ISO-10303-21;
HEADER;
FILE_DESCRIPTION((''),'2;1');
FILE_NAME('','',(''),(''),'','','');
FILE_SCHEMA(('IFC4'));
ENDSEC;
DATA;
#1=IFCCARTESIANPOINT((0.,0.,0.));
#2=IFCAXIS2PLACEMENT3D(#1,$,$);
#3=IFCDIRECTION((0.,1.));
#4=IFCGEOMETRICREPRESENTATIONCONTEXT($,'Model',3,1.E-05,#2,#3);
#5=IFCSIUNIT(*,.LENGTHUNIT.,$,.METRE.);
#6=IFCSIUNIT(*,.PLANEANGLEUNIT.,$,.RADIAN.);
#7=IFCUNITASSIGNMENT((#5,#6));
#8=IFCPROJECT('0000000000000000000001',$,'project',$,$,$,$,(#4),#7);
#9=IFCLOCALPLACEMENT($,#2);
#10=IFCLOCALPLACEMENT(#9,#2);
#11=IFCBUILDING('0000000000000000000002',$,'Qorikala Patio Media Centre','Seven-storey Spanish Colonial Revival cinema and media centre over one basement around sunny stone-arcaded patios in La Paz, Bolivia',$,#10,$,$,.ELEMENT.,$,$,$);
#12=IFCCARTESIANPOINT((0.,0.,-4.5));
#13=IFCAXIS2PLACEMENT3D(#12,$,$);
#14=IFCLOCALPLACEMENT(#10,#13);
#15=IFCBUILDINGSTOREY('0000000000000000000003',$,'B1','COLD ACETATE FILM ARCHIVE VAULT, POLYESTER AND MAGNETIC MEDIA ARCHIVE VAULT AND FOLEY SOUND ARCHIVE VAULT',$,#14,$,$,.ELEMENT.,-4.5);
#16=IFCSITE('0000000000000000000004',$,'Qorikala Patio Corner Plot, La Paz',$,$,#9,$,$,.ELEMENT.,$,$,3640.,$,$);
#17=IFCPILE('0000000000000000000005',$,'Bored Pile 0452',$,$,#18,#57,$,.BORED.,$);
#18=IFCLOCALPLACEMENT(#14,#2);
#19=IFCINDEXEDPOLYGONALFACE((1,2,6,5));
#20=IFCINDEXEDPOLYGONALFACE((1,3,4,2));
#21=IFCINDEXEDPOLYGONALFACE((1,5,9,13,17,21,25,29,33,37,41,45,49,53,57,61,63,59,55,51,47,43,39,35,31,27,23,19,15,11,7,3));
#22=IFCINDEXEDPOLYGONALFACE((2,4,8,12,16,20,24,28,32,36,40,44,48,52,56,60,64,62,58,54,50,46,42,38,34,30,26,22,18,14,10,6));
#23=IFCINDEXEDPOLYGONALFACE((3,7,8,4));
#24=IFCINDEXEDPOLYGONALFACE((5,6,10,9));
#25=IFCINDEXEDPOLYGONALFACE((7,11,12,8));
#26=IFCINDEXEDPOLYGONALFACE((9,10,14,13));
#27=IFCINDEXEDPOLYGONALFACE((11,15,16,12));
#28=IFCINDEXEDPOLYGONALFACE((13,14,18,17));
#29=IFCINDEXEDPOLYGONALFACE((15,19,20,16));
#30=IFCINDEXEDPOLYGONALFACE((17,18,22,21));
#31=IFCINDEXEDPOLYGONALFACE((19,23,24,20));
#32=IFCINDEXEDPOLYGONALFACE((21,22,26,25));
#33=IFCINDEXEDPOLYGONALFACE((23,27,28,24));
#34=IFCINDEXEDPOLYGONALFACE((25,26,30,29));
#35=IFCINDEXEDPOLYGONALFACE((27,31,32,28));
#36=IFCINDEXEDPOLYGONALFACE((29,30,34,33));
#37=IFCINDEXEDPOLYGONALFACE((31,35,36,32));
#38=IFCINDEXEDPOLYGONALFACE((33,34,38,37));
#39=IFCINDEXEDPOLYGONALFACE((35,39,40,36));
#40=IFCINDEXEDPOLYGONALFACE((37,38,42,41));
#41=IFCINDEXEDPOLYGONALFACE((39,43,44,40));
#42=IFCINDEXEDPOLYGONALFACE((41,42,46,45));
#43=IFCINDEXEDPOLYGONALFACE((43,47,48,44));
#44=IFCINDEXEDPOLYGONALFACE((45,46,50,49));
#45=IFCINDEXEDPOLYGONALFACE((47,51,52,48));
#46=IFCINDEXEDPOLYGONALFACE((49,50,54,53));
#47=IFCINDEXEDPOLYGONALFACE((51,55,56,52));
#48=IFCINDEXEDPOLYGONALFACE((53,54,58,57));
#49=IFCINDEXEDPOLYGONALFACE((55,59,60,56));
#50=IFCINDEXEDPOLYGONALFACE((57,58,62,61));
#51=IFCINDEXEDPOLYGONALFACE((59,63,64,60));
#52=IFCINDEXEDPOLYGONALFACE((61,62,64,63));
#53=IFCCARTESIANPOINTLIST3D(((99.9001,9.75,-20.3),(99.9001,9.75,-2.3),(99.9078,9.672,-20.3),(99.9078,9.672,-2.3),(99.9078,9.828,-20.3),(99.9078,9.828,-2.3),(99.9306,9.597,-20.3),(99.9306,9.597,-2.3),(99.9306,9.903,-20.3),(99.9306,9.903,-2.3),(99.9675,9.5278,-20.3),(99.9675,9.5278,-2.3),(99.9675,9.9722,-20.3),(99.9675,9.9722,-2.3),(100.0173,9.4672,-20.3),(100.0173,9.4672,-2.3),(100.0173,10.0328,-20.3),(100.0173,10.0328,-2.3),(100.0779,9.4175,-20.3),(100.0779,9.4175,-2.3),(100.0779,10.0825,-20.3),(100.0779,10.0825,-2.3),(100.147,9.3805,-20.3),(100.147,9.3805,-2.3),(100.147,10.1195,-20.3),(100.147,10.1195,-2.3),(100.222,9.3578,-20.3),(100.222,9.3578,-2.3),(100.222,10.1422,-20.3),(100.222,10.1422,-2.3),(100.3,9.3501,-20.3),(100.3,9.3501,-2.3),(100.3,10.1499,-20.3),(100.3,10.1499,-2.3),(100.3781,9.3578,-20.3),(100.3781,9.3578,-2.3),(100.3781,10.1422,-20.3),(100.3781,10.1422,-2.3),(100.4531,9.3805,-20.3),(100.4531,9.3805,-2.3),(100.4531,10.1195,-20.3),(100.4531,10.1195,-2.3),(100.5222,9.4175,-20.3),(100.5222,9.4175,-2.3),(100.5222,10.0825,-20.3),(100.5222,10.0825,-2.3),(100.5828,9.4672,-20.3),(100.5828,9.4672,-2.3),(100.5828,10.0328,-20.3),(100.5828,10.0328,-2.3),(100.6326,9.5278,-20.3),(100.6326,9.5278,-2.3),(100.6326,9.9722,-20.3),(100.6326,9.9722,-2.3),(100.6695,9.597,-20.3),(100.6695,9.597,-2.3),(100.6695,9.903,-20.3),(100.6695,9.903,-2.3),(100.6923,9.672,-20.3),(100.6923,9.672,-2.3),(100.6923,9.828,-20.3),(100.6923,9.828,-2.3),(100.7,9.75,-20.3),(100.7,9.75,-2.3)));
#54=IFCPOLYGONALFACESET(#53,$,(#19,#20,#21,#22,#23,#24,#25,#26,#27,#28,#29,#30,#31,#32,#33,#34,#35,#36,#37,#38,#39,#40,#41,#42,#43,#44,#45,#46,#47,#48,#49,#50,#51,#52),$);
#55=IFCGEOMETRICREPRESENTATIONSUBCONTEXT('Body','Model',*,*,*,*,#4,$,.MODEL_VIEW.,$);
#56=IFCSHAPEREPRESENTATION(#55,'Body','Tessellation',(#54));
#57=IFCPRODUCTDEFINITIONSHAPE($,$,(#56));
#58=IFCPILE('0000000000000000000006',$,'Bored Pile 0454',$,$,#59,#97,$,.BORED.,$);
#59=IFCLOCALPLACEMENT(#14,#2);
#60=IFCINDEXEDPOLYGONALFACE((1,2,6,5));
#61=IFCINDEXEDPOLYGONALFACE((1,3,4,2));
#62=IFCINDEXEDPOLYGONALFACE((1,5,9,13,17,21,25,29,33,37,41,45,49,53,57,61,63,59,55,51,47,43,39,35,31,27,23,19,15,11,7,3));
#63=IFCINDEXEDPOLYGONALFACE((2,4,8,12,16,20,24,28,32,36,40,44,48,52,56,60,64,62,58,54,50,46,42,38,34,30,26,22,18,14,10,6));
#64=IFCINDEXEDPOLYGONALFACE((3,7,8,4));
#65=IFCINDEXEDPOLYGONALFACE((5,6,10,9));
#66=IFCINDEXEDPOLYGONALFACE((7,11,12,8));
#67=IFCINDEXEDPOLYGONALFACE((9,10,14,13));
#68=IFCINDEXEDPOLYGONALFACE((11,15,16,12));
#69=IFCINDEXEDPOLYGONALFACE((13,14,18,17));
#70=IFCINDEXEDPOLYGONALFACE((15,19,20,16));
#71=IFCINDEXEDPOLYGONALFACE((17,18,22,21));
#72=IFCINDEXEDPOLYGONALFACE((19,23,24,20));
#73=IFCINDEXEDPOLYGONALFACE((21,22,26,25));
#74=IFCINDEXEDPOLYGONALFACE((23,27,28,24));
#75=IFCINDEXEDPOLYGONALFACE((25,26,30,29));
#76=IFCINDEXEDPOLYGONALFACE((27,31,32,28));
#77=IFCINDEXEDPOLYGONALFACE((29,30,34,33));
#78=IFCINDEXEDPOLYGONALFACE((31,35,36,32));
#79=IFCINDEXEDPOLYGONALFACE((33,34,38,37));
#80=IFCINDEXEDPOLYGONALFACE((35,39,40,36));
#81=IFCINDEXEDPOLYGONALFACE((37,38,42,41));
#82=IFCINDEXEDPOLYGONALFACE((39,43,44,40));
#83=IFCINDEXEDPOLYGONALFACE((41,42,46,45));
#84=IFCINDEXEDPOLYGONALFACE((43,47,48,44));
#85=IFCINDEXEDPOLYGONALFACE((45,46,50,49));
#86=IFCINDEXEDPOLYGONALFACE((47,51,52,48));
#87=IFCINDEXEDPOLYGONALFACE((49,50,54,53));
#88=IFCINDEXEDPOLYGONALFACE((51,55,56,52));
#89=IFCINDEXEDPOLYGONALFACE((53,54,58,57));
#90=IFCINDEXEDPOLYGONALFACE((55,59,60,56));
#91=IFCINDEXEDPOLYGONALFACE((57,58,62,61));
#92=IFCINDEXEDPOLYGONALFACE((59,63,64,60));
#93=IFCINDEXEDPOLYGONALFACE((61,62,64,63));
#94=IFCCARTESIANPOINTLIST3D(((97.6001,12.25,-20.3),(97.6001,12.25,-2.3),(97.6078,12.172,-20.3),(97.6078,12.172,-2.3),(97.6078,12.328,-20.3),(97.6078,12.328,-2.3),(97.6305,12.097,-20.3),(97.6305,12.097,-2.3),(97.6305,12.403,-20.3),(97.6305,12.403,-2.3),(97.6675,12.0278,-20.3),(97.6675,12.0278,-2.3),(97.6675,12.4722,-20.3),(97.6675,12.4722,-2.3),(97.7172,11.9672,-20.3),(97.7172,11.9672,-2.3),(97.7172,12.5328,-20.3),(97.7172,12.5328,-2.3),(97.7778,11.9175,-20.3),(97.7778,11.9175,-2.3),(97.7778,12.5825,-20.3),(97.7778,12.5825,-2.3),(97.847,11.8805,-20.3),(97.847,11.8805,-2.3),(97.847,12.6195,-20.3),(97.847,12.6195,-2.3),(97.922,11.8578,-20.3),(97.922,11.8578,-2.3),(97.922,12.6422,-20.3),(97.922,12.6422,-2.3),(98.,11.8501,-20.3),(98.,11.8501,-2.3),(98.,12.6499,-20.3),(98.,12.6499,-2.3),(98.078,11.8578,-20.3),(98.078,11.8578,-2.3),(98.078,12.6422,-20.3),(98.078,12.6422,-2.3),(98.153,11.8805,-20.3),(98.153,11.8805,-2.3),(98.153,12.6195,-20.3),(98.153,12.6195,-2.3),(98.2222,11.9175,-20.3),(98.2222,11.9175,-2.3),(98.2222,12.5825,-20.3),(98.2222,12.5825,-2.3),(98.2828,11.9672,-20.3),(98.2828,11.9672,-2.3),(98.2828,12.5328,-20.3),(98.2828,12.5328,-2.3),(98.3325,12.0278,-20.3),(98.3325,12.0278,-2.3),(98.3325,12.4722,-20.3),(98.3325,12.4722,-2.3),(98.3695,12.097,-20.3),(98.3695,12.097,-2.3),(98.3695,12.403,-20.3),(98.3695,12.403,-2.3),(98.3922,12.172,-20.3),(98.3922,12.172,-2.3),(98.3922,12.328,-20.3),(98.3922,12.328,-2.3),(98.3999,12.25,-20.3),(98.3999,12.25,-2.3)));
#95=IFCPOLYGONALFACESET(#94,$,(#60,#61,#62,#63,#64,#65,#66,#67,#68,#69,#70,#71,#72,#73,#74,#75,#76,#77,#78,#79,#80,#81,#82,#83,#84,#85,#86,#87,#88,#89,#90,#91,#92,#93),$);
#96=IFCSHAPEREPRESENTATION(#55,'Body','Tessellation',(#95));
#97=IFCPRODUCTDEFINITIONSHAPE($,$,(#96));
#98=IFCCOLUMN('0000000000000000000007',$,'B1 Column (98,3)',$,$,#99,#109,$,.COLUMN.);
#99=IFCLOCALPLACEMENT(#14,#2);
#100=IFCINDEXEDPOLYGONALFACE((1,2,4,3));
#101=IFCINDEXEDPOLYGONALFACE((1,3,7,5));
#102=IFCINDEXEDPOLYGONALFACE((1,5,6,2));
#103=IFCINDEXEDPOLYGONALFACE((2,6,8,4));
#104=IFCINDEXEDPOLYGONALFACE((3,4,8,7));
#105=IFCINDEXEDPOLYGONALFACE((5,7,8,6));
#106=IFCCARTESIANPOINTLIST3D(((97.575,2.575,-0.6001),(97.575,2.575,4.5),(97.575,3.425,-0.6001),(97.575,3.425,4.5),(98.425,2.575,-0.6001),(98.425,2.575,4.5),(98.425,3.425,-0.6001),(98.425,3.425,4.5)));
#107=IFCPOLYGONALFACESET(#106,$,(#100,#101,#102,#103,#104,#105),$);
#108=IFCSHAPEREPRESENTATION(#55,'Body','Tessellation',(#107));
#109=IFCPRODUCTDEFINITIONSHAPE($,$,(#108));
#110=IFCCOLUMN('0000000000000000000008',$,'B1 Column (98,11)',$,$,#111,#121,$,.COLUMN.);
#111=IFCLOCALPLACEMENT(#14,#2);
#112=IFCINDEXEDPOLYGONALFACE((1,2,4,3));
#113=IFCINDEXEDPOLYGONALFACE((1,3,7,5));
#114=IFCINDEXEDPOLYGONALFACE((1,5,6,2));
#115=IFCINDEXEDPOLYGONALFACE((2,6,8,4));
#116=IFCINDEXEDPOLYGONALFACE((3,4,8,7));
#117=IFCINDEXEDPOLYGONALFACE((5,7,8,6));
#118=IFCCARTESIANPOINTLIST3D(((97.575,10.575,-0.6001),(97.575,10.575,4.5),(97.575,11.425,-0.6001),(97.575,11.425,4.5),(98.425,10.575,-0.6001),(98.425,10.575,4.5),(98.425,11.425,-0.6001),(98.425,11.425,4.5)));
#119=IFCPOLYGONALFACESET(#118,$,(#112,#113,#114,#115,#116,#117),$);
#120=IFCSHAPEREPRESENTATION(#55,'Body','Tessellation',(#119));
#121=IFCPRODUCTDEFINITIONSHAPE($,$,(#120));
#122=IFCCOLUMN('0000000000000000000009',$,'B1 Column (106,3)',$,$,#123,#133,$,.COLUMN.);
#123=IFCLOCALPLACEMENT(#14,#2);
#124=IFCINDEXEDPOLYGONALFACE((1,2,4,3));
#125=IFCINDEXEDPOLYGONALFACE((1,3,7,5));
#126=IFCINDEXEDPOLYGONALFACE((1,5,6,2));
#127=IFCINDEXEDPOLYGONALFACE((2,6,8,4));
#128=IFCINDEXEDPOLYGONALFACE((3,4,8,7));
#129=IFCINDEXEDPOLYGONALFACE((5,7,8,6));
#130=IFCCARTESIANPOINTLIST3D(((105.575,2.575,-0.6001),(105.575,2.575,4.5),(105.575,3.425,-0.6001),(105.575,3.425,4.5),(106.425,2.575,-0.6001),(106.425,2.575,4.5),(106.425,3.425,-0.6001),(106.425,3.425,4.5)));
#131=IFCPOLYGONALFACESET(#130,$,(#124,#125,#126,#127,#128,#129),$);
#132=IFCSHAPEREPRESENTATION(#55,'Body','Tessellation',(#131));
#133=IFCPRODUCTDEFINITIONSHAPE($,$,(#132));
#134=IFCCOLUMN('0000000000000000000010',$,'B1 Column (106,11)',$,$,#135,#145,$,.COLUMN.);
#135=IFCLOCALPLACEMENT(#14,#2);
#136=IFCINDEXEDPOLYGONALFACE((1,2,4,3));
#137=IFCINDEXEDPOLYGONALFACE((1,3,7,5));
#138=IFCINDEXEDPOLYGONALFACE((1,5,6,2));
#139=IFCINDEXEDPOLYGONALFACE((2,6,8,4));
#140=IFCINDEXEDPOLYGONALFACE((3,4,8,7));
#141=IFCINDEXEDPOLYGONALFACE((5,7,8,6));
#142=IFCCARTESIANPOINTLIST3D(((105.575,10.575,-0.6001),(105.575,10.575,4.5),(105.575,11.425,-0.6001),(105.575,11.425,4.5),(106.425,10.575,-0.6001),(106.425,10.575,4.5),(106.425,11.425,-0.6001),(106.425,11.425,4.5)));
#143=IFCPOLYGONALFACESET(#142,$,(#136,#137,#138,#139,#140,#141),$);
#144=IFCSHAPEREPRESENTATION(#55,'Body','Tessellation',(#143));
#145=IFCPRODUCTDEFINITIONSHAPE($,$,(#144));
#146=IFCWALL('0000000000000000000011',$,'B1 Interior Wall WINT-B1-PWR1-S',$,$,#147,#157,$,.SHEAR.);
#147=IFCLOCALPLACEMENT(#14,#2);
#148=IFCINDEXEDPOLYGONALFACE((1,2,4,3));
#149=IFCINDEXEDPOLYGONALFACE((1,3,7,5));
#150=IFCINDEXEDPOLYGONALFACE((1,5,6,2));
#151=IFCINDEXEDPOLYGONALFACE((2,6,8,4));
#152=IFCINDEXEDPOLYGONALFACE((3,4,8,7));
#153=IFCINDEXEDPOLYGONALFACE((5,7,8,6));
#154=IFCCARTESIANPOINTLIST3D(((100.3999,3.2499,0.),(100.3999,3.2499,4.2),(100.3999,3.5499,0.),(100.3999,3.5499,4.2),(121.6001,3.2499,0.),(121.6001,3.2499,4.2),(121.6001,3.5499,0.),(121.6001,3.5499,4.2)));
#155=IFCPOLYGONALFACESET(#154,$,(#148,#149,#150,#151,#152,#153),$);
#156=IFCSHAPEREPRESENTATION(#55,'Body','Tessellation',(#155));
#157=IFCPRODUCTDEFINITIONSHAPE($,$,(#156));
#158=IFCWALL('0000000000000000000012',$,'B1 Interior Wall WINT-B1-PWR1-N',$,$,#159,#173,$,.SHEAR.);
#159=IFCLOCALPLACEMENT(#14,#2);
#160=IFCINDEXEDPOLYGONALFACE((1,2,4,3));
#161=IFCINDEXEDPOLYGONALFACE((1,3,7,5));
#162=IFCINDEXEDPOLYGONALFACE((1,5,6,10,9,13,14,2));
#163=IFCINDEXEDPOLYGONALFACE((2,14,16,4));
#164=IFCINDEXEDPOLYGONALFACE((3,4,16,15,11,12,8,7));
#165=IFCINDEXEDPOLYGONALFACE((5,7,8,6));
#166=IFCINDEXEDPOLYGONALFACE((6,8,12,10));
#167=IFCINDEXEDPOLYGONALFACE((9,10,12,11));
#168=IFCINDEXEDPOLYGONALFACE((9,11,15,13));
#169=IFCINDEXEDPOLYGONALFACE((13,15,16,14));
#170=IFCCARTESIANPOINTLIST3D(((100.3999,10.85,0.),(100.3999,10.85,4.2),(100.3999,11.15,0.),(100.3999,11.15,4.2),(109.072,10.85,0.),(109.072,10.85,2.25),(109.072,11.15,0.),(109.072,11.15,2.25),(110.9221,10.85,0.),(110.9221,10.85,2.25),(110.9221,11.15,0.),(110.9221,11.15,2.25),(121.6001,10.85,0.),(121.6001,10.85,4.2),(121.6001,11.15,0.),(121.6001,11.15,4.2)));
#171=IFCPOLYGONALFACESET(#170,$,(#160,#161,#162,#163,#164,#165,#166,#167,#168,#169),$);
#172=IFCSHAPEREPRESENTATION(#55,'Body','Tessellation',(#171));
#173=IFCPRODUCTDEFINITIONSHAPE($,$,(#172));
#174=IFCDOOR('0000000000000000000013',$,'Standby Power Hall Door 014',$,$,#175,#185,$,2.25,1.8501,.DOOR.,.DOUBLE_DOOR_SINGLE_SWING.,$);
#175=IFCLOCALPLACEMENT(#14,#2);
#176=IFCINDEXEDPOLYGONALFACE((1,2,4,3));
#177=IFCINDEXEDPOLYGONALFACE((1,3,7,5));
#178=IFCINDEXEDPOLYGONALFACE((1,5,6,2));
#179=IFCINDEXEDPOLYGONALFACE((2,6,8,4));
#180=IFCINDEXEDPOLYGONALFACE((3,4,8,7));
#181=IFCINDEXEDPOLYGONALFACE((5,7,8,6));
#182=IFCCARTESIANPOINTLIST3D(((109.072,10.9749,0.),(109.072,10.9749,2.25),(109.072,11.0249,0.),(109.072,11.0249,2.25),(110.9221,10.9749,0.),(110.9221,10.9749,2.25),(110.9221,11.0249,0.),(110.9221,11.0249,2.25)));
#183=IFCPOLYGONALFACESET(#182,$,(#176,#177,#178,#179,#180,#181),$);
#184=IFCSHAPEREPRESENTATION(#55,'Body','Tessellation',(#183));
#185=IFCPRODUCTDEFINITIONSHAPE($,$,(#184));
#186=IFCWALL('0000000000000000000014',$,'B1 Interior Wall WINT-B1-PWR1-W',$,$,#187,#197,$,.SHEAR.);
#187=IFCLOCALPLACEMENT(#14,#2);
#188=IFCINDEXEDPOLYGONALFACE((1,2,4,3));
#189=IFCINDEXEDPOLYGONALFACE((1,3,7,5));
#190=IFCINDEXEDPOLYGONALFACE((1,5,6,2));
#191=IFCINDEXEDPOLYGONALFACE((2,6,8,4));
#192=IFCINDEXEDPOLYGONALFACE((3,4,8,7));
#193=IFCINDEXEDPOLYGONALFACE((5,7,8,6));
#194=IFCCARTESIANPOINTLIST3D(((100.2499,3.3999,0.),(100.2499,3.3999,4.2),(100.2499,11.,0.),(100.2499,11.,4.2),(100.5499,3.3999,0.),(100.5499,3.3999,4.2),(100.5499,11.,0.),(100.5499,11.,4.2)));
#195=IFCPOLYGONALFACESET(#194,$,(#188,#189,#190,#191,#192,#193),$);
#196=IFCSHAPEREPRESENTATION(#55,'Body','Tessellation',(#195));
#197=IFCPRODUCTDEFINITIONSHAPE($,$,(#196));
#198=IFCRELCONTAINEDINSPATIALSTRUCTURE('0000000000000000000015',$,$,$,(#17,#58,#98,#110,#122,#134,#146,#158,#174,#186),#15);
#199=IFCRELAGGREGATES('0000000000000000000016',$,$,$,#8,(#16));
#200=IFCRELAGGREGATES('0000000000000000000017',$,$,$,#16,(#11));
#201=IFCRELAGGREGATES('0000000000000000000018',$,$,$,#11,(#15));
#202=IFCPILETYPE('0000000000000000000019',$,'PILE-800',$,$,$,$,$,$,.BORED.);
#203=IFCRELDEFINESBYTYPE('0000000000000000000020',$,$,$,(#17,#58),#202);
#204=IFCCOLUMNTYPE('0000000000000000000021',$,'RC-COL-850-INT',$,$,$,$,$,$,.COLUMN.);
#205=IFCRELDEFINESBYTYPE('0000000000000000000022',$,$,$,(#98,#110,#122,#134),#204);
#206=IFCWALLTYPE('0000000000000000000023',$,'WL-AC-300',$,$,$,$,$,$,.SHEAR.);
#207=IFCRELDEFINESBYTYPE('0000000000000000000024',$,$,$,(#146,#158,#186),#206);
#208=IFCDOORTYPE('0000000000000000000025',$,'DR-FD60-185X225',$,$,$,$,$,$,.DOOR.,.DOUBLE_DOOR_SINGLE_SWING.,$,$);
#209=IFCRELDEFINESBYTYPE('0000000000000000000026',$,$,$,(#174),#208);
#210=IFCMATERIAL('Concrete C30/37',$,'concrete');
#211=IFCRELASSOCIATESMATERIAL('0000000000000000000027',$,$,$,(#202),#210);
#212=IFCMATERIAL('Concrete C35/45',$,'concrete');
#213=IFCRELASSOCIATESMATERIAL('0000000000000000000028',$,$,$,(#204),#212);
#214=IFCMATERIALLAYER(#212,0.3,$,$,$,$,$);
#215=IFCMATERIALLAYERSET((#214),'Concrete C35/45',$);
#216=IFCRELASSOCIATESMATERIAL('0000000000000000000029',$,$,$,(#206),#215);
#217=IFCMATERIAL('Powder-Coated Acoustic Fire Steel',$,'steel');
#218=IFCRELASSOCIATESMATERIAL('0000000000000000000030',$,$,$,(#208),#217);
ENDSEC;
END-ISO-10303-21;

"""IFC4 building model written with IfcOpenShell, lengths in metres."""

from ifc_helpers import new_model, si_unit, direction, frame, frame_2d, origin, origin_2d, place, context, subcontext, project, spatial, rectangle, circle, extrude, material, layer, layer_set, material_profile, profile_set, type_object, element, fill, save


model = new_model("IFC4")

# Units and contexts
model_context = context("Model", 3, precision=1e-05, world=origin(), true_north=direction((0.0, 1.0)))
body_context = subcontext(model_context, "Body", "Model", "MODEL_VIEW")
ifc_project = project(units=[si_unit("LENGTHUNIT", "METRE"), si_unit("PLANEANGLEUNIT", "RADIAN")], contexts=[model_context])

# Site, building, storey
site_placement = place(None, origin())
site = spatial("IfcSite", under=ifc_project, at=site_placement, Name="Qorikala Patio Corner Plot, La Paz", CompositionType="ELEMENT", RefElevation=3640.0)
building_placement = place(site_placement, origin())
building = spatial("IfcBuilding", under=site, at=building_placement, Name="Qorikala Patio Media Centre", Description="Seven-storey Spanish Colonial Revival cinema and media centre over one basement around sunny stone-arcaded patios in La Paz, Bolivia", CompositionType="ELEMENT")
storey_placement = place(building_placement, frame((0.0, 0.0, -4.5)))
storey = spatial("IfcBuildingStorey", under=building, at=storey_placement, Name="B1", Description="COLD ACETATE FILM ARCHIVE VAULT, POLYESTER AND MAGNETIC MEDIA ARCHIVE VAULT AND FOLEY SOUND ARCHIVE VAULT", CompositionType="ELEMENT", Elevation=-4.5)

# Shared definitions
ifc_material_1 = material(Name="Concrete C30/37", Category="concrete")

# Piles
ifc_material_profile_1 = material_profile(ifc_material_1, circle(Radius=0.3999, at=origin_2d()), Name="BORED PILE 800")
ifc_profile_set_1 = profile_set([ifc_material_profile_1], Name="Concrete C30/37")
pile_type_1 = type_object("IfcPileType", Name="PILE-800", PredefinedType="BORED", material=ifc_profile_set_1)
for number, where, z_axis, x_axis, name in (
    (1, (100.3, 9.75, -2.3), (0.0, 0.0, -1.0), (1.0, 0.0, 0.0), "Bored Pile 0452"),
    (2, (98.0, 12.25, -2.3), (0.0, 0.0, -1.0), (1.0, 0.0, 0.0), "Bored Pile 0454"),
):
    element("IfcPile", number, at=place(storey_placement, frame(where, z_axis=z_axis, x_axis=x_axis)), inside=storey, type_object=pile_type_1, Name=name, PredefinedType="BORED", context=body_context, shape_type="SweptSolid", body=[
        extrude(circle(Radius=0.3999, at=origin_2d()), origin(), (0.0, 0.0, 1.0), 18.0),
    ])

# Columns
ifc_material_2 = material(Name="Concrete C35/45", Category="concrete")
ifc_material_profile_2 = material_profile(ifc_material_2, rectangle(XDim=0.8501, YDim=0.8501, at=origin_2d()), Name="RC 850x850")
ifc_profile_set_2 = profile_set([ifc_material_profile_2], Name="Concrete C35/45")
column_type = type_object("IfcColumnType", Name="RC-COL-850-INT", PredefinedType="COLUMN", material=ifc_profile_set_2)
for number, where, z_axis, x_axis, name in (
    (3, (98.0, 3.0, -0.6001), (0.0, 0.0, 1.0), (1.0, 0.0, 0.0), "B1 Column (98,3)"),
    (4, (98.0, 11.0, -0.6001), (0.0, 0.0, 1.0), (1.0, 0.0, 0.0), "B1 Column (98,11)"),
    (5, (106.0, 3.0, -0.6001), (0.0, 0.0, 1.0), (1.0, 0.0, 0.0), "B1 Column (106,3)"),
    (6, (106.0, 11.0, -0.6001), (0.0, 0.0, 1.0), (1.0, 0.0, 0.0), "B1 Column (106,11)"),
):
    element("IfcColumn", number, at=place(storey_placement, frame(where, z_axis=z_axis, x_axis=x_axis)), inside=storey, type_object=column_type, Name=name, PredefinedType="COLUMN", context=body_context, shape_type="SweptSolid", body=[
        extrude(rectangle(XDim=0.8501, YDim=0.8501, at=origin_2d()), origin(), (0.0, 0.0, 1.0), 5.1001),
    ])

# Wall
ifc_layer_1 = layer(ifc_material_2, 0.3)
ifc_layer_set_1 = layer_set([ifc_layer_1], Name="Concrete C35/45")
wall_type_1 = type_object("IfcWallType", Name="WL-AC-300", PredefinedType="SHEAR", material=ifc_layer_set_1)
wall_1_placement = place(storey_placement, frame((100.3999, 3.3999, 0.0), z_axis=(0.0, 0.0, 1.0), x_axis=(1.0, 0.0, 0.0)))
element("IfcWall", 7, at=wall_1_placement, inside=storey, type_object=wall_type_1, Name="B1 Interior Wall WINT-B1-PWR1-S", PredefinedType="SHEAR", context=body_context, shape_type="SweptSolid", body=[
    extrude(rectangle(XDim=21.2002, YDim=0.3, at=frame_2d((10.6001, 0.0))), origin(), (0.0, 0.0, 1.0), 4.2),
])

# Wall, opening, door
wall_2_placement = place(storey_placement, frame((100.3999, 11.0, 0.0), z_axis=(0.0, 0.0, 1.0), x_axis=(1.0, 0.0, 0.0)))
wall_2 = element("IfcWall", 8, at=wall_2_placement, inside=storey, type_object=wall_type_1, Name="B1 Interior Wall WINT-B1-PWR1-N", PredefinedType="SHEAR", context=body_context, shape_type="SweptSolid", body=[
    extrude(rectangle(XDim=21.2002, YDim=0.3, at=frame_2d((10.6001, 0.0))), origin(), (0.0, 0.0, 1.0), 4.2),
])
opening_placement = place(wall_2_placement, frame((8.6721, 0.0, 0.0)))
opening = element("IfcOpeningElement", 9, at=opening_placement, cuts=wall_2, PredefinedType="OPENING", context=body_context, shape_type="SweptSolid", body=[
    extrude(rectangle(XDim=1.8501, YDim=2.25, at=frame_2d((0.925, 1.125))), frame((0.0, 0.1599, 0.0), z_axis=(0.0, -1.0, 0.0), x_axis=(1.0, 0.0, 0.0)), (0.0, 0.0, 1.0), 0.3201),
])
ifc_material_3 = material(Name="Powder-Coated Acoustic Fire Steel", Category="steel")
door_type = type_object("IfcDoorType", Name="DR-FD60-185X225", OperationType="DOUBLE_DOOR_SINGLE_SWING", PredefinedType="DOOR", material=ifc_material_3)
door_placement = place(opening_placement, origin())
door = element("IfcDoor", 10, at=door_placement, inside=storey, type_object=door_type, Name="Standby Power Hall Door 014", OperationType="DOUBLE_DOOR_SINGLE_SWING", OverallHeight=2.25, OverallWidth=1.8501, PredefinedType="DOOR", context=body_context, shape_type="SweptSolid", body=[
    extrude(rectangle(XDim=1.8501, YDim=2.25, at=frame_2d((0.925, 1.125))), frame((0.0, 0.0249, 0.0), z_axis=(0.0, -1.0, 0.0), x_axis=(1.0, 0.0, 0.0)), (0.0, 0.0, 1.0), 0.05),
])
fill(opening, door)

# Wall
wall_3_placement = place(storey_placement, frame((100.3999, 3.3999, 0.0), z_axis=(0.0, 0.0, 1.0), x_axis=(0.0, 1.0, 0.0)))
element("IfcWall", 11, at=wall_3_placement, inside=storey, type_object=wall_type_1, Name="B1 Interior Wall WINT-B1-PWR1-W", PredefinedType="SHEAR", context=body_context, shape_type="SweptSolid", body=[
    extrude(rectangle(XDim=7.6001, YDim=0.3, at=frame_2d((3.8, 0.0))), origin(), (0.0, 0.0, 1.0), 4.2),
])

save(model, "model.ifc")
